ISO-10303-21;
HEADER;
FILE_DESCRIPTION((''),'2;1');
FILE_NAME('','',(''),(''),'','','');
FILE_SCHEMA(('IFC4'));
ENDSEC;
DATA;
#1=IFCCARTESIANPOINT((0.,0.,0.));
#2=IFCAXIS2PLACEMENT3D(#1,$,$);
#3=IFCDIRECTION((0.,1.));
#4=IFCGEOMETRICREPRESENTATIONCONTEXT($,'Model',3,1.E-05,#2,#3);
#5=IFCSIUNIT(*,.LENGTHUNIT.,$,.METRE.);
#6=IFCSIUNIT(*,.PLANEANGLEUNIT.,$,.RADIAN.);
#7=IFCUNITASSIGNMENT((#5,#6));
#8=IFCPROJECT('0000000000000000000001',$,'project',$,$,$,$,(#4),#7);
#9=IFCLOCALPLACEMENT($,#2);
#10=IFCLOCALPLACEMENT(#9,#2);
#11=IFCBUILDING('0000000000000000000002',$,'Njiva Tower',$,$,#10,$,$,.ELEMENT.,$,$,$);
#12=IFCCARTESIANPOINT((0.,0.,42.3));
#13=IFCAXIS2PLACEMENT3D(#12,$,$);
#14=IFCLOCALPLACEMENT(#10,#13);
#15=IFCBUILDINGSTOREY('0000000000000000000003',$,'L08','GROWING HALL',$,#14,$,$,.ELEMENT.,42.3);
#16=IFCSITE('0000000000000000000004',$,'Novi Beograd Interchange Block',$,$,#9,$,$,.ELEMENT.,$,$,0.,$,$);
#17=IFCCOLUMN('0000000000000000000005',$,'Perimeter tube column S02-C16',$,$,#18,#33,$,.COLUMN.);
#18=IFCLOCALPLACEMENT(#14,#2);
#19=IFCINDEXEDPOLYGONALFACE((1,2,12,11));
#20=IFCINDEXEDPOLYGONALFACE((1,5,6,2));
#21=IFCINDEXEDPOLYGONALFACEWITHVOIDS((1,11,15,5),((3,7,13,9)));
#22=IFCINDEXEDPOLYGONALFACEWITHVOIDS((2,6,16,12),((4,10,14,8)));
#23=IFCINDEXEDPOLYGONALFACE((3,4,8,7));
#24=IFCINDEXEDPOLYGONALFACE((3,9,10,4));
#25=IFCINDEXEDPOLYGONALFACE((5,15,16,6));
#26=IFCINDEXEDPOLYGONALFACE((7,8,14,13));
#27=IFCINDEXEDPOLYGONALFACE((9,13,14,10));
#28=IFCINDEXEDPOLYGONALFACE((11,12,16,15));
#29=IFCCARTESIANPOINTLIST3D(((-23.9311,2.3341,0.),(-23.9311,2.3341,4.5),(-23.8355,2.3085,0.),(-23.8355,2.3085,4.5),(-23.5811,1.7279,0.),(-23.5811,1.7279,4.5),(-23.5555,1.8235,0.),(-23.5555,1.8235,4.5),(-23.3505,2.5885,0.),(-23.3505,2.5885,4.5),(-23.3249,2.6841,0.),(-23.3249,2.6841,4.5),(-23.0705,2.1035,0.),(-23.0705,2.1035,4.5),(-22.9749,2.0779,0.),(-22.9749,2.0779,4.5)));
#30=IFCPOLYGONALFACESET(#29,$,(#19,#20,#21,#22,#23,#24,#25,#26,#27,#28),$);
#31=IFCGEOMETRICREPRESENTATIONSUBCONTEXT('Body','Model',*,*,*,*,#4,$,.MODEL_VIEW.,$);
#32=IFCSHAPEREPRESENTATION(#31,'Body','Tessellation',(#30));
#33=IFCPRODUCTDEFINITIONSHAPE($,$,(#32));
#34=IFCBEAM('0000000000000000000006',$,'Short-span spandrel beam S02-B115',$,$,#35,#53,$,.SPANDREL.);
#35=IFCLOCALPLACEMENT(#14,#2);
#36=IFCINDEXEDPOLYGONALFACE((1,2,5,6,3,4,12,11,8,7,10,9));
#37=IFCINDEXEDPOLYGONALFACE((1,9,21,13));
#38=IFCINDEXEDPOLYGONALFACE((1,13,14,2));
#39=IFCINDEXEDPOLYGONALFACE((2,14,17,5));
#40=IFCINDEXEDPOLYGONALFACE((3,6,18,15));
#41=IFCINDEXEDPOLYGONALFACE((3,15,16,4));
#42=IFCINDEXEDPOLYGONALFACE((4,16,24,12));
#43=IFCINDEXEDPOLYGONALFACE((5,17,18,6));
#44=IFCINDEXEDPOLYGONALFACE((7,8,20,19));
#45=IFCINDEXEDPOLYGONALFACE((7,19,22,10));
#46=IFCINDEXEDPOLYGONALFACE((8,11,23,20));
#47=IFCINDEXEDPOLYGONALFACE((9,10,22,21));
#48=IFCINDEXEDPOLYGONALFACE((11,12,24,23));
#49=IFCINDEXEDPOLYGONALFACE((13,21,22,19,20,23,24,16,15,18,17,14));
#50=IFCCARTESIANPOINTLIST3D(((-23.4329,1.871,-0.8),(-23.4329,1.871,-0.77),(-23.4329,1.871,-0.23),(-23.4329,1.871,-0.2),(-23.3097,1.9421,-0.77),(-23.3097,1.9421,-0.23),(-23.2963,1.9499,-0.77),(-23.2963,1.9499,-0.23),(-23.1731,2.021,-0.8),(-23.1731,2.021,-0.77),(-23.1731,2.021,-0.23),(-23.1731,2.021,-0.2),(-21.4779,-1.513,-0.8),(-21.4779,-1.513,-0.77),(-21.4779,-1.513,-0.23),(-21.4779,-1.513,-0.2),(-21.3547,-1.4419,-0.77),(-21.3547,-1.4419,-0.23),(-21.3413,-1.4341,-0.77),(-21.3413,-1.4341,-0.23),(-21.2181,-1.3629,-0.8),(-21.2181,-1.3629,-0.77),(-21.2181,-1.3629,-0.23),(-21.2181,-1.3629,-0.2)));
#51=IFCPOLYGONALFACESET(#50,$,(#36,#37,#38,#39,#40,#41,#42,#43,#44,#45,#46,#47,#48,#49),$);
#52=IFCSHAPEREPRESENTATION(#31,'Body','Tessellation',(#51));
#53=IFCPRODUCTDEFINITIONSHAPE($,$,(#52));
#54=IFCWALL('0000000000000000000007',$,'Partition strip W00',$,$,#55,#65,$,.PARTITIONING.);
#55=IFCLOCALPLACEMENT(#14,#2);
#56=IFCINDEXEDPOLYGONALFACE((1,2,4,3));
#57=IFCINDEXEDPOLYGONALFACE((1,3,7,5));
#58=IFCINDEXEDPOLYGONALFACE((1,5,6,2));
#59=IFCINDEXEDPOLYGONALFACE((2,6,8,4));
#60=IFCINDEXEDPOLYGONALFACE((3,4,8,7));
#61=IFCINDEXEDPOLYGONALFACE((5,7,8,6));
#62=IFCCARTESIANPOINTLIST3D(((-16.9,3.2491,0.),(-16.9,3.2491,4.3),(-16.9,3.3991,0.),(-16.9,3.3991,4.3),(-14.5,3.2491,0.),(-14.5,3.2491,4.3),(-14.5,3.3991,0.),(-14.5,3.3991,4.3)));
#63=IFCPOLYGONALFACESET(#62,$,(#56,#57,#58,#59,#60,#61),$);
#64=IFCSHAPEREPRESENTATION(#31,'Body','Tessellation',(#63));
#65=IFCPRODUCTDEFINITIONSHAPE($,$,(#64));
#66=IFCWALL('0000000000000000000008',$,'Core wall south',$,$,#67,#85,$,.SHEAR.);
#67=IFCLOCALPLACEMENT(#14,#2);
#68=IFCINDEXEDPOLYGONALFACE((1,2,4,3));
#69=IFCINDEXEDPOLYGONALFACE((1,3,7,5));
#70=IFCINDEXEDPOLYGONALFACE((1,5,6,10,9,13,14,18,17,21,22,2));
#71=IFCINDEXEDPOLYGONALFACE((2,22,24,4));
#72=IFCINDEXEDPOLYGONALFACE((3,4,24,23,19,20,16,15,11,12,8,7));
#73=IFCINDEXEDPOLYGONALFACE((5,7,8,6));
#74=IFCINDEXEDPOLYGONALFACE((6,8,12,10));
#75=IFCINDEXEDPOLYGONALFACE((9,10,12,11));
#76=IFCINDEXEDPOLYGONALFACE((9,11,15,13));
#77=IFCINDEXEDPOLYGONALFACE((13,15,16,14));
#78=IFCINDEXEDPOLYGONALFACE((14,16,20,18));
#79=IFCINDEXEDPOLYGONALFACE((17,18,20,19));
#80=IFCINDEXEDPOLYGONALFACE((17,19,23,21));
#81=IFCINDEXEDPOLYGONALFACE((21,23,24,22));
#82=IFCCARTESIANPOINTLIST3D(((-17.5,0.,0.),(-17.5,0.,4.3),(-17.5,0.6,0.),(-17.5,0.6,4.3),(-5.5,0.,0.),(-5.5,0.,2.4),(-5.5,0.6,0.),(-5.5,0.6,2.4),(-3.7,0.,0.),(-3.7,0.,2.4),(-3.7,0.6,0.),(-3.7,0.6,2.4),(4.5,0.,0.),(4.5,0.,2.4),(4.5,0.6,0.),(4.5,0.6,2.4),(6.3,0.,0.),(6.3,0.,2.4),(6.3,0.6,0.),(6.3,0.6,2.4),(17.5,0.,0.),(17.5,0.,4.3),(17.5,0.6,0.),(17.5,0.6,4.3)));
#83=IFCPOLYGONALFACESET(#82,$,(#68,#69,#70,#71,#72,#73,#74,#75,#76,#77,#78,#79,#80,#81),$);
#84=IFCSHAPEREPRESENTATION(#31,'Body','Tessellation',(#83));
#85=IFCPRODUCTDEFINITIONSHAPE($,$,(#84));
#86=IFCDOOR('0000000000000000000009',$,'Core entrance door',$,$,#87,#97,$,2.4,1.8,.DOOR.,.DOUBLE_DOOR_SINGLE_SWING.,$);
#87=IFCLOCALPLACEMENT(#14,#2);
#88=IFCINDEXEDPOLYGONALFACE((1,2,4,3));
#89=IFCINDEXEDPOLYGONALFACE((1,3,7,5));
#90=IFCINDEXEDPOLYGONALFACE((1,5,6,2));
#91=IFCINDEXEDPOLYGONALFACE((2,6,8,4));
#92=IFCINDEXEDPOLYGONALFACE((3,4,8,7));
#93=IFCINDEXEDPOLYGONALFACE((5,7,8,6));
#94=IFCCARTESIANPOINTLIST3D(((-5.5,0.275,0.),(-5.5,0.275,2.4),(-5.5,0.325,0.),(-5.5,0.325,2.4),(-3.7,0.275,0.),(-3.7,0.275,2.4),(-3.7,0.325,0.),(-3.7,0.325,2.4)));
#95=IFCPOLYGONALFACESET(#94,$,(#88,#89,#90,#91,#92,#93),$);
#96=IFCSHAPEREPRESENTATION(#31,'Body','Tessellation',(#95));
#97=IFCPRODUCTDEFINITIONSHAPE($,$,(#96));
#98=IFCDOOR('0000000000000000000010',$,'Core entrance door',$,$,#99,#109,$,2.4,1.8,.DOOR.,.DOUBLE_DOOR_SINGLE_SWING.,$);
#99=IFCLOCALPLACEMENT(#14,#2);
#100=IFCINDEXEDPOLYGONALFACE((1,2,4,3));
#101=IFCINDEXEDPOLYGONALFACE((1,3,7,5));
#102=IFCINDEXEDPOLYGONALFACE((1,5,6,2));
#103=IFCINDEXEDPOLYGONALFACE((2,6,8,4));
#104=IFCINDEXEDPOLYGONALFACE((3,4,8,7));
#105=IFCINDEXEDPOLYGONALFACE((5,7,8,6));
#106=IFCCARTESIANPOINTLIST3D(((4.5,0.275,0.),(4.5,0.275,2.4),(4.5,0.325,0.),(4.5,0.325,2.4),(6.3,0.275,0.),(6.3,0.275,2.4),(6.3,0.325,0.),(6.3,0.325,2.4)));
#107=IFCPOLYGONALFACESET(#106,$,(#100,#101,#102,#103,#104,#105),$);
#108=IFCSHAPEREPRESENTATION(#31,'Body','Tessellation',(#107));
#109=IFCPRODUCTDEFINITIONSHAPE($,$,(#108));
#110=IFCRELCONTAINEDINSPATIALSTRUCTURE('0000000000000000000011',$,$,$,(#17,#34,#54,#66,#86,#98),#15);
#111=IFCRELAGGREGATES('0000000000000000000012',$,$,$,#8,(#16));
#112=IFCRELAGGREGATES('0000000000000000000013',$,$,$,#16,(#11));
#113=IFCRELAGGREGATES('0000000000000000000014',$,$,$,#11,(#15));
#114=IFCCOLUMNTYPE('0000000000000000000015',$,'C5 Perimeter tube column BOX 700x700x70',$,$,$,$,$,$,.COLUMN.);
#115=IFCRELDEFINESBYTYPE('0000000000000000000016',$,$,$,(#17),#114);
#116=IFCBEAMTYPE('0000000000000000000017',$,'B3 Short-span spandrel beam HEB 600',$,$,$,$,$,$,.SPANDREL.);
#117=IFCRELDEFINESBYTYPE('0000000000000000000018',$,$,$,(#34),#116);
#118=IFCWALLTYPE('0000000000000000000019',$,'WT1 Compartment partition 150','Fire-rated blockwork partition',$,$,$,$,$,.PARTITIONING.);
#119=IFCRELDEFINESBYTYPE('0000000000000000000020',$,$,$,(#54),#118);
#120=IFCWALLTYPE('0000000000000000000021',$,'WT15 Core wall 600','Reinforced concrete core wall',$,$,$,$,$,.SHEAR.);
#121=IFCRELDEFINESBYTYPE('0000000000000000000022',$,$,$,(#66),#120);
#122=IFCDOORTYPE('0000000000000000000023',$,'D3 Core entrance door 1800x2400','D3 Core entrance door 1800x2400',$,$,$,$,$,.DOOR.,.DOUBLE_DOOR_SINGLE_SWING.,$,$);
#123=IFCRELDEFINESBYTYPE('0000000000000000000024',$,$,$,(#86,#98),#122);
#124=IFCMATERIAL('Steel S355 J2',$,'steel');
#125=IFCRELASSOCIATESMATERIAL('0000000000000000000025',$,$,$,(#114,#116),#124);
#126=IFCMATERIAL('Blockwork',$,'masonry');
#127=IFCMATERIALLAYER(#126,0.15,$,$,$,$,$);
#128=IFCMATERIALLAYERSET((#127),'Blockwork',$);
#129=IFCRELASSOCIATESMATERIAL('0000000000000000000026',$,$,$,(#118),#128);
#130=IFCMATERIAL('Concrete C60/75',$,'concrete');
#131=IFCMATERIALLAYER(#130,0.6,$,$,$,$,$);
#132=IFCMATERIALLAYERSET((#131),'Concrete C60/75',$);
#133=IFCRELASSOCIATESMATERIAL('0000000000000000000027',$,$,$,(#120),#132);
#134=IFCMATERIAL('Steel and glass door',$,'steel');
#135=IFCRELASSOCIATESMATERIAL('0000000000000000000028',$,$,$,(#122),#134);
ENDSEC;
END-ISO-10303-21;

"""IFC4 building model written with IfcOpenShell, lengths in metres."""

from ifc_helpers import new_model, si_unit, direction, frame, frame_2d, origin, origin_2d, place, context, subcontext, project, spatial, rectangle, hollow_rectangle, i_section, extrude, material, layer, layer_set, material_profile, profile_set, type_object, element, fill, save


model = new_model("IFC4")

# Units and contexts
model_context = context("Model", 3, precision=1e-05, world=origin(), true_north=direction((0.0, 1.0)))
body_context = subcontext(model_context, "Body", "Model", "MODEL_VIEW")
ifc_project = project(units=[si_unit("LENGTHUNIT", "METRE"), si_unit("PLANEANGLEUNIT", "RADIAN")], contexts=[model_context])

# Site, building, storey
site_placement = place(None, origin())
site = spatial("IfcSite", under=ifc_project, at=site_placement, Name="Novi Beograd Interchange Block", CompositionType="ELEMENT", RefElevation=0.0)
building_placement = place(site_placement, origin())
building = spatial("IfcBuilding", under=site, at=building_placement, Name="Njiva Tower", CompositionType="ELEMENT")
storey_placement = place(building_placement, frame((0.0, 0.0, 42.3)))
storey = spatial("IfcBuildingStorey", under=building, at=storey_placement, Name="L08", Description="GROWING HALL", CompositionType="ELEMENT", Elevation=42.3)

# Column
ifc_material_1 = material(Name="Steel S355 J2", Category="steel")
ifc_material_profile_1 = material_profile(ifc_material_1, hollow_rectangle(XDim=0.7, YDim=0.7, WallThickness=0.07, at=origin_2d()), Name="BOX 700x700x70")
ifc_profile_set_1 = profile_set([ifc_material_profile_1], Name="Steel S355 J2")
column_type = type_object("IfcColumnType", Name="C5 Perimeter tube column BOX 700x700x70", PredefinedType="COLUMN", material=ifc_profile_set_1)
column_placement = place(storey_placement, frame((-23.453, 2.206, 0.0), z_axis=(0.0, 0.0, 1.0), x_axis=(0.5, -0.866025, 0.0)))
element("IfcColumn", 1, at=column_placement, inside=storey, type_object=column_type, Name="Perimeter tube column S02-C16", PredefinedType="COLUMN", context=body_context, shape_type="SweptSolid", body=[
    extrude(hollow_rectangle(XDim=0.7, YDim=0.7, WallThickness=0.07, at=origin_2d()), origin(), (0.0, 0.0, 1.0), 4.5),
])

# Beam
ifc_material_profile_2 = material_profile(ifc_material_1, i_section(OverallWidth=0.3, OverallDepth=0.6, WebThickness=0.0155, FlangeThickness=0.03, at=origin_2d()), Name="HEB 600")
ifc_profile_set_2 = profile_set([ifc_material_profile_2], Name="Steel S355 J2")
beam_type_1 = type_object("IfcBeamType", Name="B3 Short-span spandrel beam HEB 600", PredefinedType="SPANDREL", material=ifc_profile_set_2)
beam_1_placement = place(storey_placement, frame((-23.303, 1.946, -0.5), z_axis=(0.500239, -0.865887, 0.0), x_axis=(0.865887, 0.500239, 0.0)))
element("IfcBeam", 2, at=beam_1_placement, inside=storey, type_object=beam_type_1, Name="Short-span spandrel beam S02-B115", PredefinedType="SPANDREL", context=body_context, shape_type="SweptSolid", body=[
    extrude(i_section(OverallWidth=0.3, OverallDepth=0.6, WebThickness=0.0155, FlangeThickness=0.03, at=origin_2d()), origin(), (0.0, 0.0, 1.0), 3.9081),
])

# Wall
ifc_material_2 = material(Name="Blockwork", Category="masonry")
ifc_layer_1 = layer(ifc_material_2, 0.15)
ifc_layer_set_1 = layer_set([ifc_layer_1], Name="Blockwork")
wall_type_1 = type_object("IfcWallType", Name="WT1 Compartment partition 150", Description="Fire-rated blockwork partition", PredefinedType="PARTITIONING", material=ifc_layer_set_1)
wall_1_placement = place(storey_placement, frame((-16.9, 3.3241, 0.0), z_axis=(0.0, 0.0, 1.0), x_axis=(1.0, 0.0, 0.0)))
element("IfcWall", 3, at=wall_1_placement, inside=storey, type_object=wall_type_1, Name="Partition strip W00", PredefinedType="PARTITIONING", context=body_context, shape_type="SweptSolid", body=[
    extrude(rectangle(XDim=2.4, YDim=0.15, at=frame_2d((1.2, 0.0))), origin(), (0.0, 0.0, 1.0), 4.3),
])

# Wall, openings, doors
ifc_material_3 = material(Name="Concrete C60/75", Category="concrete")
ifc_layer_2 = layer(ifc_material_3, 0.6)
ifc_layer_set_2 = layer_set([ifc_layer_2], Name="Concrete C60/75")
wall_type_2 = type_object("IfcWallType", Name="WT15 Core wall 600", Description="Reinforced concrete core wall", PredefinedType="SHEAR", material=ifc_layer_set_2)
wall_2_placement = place(storey_placement, frame((-17.5, 0.3, 0.0), z_axis=(0.0, 0.0, 1.0), x_axis=(1.0, 0.0, 0.0)))
wall_2 = element("IfcWall", 4, at=wall_2_placement, inside=storey, type_object=wall_type_2, Name="Core wall south", PredefinedType="SHEAR", context=body_context, shape_type="SweptSolid", body=[
    extrude(rectangle(XDim=35.0, YDim=0.6, at=frame_2d((17.5, 0.0))), origin(), (0.0, 0.0, 1.0), 4.3),
])
opening_1_placement = place(wall_2_placement, frame((12.0, 0.0, 0.0)))
opening_1 = element("IfcOpeningElement", 5, at=opening_1_placement, cuts=wall_2, PredefinedType="OPENING", context=body_context, shape_type="SweptSolid", body=[
    extrude(rectangle(XDim=1.8, YDim=2.4, at=frame_2d((0.9, 1.2))), frame((0.0, 0.31, 0.0), z_axis=(0.0, -1.0, 0.0), x_axis=(1.0, 0.0, 0.0)), (0.0, 0.0, 1.0), 0.62),
])
opening_2_placement = place(wall_2_placement, frame((22.0, 0.0, 0.0)))
opening_2 = element("IfcOpeningElement", 6, at=opening_2_placement, cuts=wall_2, PredefinedType="OPENING", context=body_context, shape_type="SweptSolid", body=[
    extrude(rectangle(XDim=1.8, YDim=2.4, at=frame_2d((0.9, 1.2))), frame((0.0, 0.31, 0.0), z_axis=(0.0, -1.0, 0.0), x_axis=(1.0, 0.0, 0.0)), (0.0, 0.0, 1.0), 0.62),
])
ifc_material_4 = material(Name="Steel and glass door", Category="steel")
door_type_1 = type_object("IfcDoorType", Name="D3 Core entrance door 1800x2400", Description="D3 Core entrance door 1800x2400", OperationType="DOUBLE_DOOR_SINGLE_SWING", PredefinedType="DOOR", material=ifc_material_4)
door_1_placement = place(opening_1_placement, origin())
door_1 = element("IfcDoor", 7, at=door_1_placement, inside=storey, type_object=door_type_1, Name="Core entrance door", OperationType="DOUBLE_DOOR_SINGLE_SWING", OverallHeight=2.4, OverallWidth=1.8, PredefinedType="DOOR", context=body_context, shape_type="SweptSolid", body=[
    extrude(rectangle(XDim=1.8, YDim=2.4, at=frame_2d((0.9, 1.2))), frame((0.0, 0.025, 0.0), z_axis=(0.0, -1.0, 0.0), x_axis=(1.0, 0.0, 0.0)), (0.0, 0.0, 1.0), 0.05),
])
fill(opening_1, door_1)
door_2_placement = place(opening_2_placement, origin())
door_2 = element("IfcDoor", 8, at=door_2_placement, inside=storey, type_object=door_type_1, Name="Core entrance door", OperationType="DOUBLE_DOOR_SINGLE_SWING", OverallHeight=2.4, OverallWidth=1.8, PredefinedType="DOOR", context=body_context, shape_type="SweptSolid", body=[
    extrude(rectangle(XDim=1.8, YDim=2.4, at=frame_2d((0.9, 1.2))), frame((0.0, 0.025, 0.0), z_axis=(0.0, -1.0, 0.0), x_axis=(1.0, 0.0, 0.0)), (0.0, 0.0, 1.0), 0.05),
])
fill(opening_2, door_2)

save(model, "model.ifc")
